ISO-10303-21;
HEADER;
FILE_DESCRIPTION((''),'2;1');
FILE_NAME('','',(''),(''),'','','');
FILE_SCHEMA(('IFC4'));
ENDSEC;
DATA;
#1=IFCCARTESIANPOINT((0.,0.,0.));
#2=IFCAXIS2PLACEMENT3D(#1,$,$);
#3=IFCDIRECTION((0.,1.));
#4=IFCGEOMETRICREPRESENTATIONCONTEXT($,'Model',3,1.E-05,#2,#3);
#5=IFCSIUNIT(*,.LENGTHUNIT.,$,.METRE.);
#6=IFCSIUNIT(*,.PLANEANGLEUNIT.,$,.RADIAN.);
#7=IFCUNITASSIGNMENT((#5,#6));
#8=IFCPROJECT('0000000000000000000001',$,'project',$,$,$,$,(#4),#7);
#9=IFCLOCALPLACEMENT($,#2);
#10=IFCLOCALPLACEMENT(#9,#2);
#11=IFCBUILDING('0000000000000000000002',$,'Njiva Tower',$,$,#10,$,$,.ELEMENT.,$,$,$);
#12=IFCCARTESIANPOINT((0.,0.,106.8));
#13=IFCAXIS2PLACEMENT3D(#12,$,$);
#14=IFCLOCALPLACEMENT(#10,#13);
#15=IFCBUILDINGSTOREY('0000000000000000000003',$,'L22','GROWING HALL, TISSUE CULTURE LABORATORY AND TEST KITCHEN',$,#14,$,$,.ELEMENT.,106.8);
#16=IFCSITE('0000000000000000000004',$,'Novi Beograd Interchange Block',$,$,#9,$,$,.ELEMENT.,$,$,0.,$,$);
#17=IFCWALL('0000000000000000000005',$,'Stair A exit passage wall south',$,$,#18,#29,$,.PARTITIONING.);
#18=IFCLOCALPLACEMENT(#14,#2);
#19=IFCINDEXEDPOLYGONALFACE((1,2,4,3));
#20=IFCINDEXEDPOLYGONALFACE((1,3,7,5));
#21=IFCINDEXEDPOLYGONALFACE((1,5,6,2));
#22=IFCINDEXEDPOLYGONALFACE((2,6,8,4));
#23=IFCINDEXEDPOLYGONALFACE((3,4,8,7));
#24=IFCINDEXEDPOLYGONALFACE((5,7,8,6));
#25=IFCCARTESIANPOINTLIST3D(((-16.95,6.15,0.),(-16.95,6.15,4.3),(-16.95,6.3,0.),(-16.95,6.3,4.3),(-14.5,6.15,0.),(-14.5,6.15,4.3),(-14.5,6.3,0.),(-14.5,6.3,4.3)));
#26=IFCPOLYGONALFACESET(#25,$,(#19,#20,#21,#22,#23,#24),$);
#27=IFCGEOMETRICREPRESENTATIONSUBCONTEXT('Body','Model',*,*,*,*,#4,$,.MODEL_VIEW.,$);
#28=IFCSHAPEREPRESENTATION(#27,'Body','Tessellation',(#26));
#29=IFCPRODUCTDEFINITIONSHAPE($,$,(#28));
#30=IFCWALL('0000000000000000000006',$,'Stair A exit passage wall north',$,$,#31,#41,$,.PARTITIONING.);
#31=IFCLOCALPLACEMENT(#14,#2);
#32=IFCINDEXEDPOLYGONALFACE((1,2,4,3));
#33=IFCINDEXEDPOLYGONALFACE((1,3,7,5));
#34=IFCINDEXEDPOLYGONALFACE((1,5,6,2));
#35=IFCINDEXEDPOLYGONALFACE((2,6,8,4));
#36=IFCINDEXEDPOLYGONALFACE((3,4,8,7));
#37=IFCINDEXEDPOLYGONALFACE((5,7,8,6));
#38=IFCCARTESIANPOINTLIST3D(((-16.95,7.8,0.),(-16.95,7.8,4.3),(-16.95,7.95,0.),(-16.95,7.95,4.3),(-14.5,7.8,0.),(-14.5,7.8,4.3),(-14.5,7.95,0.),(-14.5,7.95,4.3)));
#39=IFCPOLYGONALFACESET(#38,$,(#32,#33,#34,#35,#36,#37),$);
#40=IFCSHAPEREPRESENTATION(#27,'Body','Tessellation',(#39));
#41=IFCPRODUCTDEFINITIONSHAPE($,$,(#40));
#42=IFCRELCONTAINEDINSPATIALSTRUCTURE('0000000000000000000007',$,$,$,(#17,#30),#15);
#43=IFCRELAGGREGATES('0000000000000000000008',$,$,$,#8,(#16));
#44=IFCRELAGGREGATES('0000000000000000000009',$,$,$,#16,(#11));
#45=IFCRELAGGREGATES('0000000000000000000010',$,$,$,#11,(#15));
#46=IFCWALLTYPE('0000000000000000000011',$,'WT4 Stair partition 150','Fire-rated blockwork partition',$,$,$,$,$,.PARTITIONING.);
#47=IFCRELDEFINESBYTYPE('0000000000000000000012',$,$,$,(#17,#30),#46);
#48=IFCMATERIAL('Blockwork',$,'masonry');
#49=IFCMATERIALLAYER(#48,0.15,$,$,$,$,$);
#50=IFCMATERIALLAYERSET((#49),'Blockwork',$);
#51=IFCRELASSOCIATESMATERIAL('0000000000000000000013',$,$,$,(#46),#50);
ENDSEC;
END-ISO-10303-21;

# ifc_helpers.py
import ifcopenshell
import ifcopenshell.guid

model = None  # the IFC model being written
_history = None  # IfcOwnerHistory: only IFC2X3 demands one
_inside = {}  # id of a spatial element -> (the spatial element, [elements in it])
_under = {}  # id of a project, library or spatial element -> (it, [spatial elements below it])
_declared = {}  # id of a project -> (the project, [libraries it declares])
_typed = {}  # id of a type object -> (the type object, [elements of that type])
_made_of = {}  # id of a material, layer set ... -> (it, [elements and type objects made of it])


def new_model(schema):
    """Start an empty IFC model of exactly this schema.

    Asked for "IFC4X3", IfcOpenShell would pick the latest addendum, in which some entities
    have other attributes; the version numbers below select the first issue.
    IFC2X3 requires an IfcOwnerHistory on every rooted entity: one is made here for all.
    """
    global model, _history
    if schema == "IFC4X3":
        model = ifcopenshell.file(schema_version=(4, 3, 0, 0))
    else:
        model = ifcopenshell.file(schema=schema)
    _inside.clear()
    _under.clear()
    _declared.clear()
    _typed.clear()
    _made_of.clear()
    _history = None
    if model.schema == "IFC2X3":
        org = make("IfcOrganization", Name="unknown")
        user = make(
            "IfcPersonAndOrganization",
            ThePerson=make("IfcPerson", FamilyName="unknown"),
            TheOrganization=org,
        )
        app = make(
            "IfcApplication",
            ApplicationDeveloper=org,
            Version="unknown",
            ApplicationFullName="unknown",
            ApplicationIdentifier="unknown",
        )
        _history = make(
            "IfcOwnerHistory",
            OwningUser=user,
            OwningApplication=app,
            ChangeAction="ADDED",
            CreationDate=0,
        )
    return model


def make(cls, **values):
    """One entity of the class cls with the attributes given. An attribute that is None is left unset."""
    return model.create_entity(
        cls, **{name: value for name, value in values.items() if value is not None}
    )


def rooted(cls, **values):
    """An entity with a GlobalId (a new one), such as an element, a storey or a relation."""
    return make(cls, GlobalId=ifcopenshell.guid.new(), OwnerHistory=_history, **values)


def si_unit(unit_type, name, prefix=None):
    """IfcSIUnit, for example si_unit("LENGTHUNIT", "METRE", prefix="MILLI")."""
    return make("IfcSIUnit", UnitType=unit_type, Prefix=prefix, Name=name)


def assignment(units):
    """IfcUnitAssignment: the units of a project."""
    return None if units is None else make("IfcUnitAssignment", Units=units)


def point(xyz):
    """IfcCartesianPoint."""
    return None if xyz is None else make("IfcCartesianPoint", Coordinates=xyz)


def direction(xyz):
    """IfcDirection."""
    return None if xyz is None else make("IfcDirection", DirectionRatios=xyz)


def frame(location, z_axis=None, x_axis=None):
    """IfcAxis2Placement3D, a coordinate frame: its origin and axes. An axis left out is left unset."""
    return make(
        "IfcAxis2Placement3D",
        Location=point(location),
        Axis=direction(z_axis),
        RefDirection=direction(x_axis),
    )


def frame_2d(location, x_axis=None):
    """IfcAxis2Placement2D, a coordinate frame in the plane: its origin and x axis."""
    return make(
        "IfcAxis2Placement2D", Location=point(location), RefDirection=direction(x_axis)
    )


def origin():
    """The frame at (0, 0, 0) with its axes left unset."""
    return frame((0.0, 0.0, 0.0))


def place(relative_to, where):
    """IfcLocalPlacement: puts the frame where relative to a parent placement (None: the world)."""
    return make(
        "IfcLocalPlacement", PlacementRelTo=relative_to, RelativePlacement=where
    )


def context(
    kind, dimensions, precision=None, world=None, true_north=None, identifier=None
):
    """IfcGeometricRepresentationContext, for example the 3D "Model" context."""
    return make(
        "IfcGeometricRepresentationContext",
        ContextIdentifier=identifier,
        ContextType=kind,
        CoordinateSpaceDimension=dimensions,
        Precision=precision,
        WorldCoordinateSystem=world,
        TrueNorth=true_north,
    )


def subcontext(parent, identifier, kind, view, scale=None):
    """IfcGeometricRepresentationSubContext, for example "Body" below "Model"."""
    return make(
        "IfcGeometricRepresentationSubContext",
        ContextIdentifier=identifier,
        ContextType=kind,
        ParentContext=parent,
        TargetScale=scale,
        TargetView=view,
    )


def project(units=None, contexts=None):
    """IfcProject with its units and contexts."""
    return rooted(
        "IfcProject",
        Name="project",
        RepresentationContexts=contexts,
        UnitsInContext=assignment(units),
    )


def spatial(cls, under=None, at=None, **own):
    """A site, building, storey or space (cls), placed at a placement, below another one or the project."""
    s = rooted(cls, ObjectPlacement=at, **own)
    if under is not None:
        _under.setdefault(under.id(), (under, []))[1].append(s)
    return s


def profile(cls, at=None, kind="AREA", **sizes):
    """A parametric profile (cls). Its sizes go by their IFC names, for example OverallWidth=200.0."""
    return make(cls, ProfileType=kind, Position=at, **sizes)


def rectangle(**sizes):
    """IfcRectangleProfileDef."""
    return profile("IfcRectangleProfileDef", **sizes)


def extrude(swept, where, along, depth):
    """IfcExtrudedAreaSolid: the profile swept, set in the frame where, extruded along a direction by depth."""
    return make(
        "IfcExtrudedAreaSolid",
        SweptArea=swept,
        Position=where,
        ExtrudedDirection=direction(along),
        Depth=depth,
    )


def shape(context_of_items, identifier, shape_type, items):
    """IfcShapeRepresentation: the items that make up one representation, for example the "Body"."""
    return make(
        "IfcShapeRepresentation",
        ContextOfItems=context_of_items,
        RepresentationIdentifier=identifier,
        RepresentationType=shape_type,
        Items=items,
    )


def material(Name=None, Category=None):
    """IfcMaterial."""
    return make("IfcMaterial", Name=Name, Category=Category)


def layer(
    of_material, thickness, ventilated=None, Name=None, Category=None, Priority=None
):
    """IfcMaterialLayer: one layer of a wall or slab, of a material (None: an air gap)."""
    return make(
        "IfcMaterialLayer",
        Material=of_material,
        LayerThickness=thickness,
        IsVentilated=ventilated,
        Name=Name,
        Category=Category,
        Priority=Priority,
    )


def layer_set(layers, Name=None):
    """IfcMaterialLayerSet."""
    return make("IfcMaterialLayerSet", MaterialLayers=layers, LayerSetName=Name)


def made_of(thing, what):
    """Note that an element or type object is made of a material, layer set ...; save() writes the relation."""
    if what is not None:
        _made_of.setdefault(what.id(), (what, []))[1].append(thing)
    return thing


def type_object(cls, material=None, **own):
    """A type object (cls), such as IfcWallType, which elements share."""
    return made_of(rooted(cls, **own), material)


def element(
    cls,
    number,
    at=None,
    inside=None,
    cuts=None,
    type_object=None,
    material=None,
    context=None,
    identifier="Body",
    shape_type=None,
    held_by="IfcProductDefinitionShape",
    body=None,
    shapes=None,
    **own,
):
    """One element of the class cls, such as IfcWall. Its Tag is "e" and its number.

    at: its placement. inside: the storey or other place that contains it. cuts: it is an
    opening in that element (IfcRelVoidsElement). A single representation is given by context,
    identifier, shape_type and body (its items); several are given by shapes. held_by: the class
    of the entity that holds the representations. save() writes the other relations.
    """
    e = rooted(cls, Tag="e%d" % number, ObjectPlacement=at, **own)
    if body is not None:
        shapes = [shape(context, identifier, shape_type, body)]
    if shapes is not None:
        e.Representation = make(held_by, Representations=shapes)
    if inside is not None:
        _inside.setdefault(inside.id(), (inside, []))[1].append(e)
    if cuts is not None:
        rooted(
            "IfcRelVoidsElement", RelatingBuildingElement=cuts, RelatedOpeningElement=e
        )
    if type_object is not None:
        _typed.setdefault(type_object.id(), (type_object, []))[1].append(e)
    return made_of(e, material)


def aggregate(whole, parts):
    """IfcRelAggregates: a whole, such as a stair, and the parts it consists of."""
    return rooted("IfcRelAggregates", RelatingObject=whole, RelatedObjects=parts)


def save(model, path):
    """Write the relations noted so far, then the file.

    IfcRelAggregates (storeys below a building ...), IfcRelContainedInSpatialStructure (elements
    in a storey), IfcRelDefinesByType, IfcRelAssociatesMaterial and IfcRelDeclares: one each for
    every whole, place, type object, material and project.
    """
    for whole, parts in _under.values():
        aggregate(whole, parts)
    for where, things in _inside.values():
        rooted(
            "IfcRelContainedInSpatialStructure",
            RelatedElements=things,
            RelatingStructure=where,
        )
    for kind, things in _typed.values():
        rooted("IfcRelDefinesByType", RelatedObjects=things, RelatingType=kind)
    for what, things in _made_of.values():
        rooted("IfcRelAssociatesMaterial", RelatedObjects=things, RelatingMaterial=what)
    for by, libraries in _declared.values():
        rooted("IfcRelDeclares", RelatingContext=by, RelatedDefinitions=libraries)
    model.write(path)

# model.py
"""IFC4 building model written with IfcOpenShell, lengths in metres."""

from ifc_helpers import new_model, si_unit, direction, frame, frame_2d, origin, place, context, subcontext, project, spatial, rectangle, extrude, material, layer, layer_set, type_object, element, save


model = new_model("IFC4")

# Units and contexts
model_context = context("Model", 3, precision=1e-05, world=origin(), true_north=direction((0.0, 1.0)))
body_context = subcontext(model_context, "Body", "Model", "MODEL_VIEW")
ifc_project = project(units=[si_unit("LENGTHUNIT", "METRE"), si_unit("PLANEANGLEUNIT", "RADIAN")], contexts=[model_context])

# Site, building, storey
site_placement = place(None, origin())
site = spatial("IfcSite", under=ifc_project, at=site_placement, Name="Novi Beograd Interchange Block", CompositionType="ELEMENT", RefElevation=0.0)
building_placement = place(site_placement, origin())
building = spatial("IfcBuilding", under=site, at=building_placement, Name="Njiva Tower", CompositionType="ELEMENT")
storey_placement = place(building_placement, frame((0.0, 0.0, 106.8)))
storey = spatial("IfcBuildingStorey", under=building, at=storey_placement, Name="L22", Description="GROWING HALL, TISSUE CULTURE LABORATORY AND TEST KITCHEN", CompositionType="ELEMENT", Elevation=106.8)

# Walls
ifc_material_1 = material(Name="Blockwork", Category="masonry")
ifc_layer_1 = layer(ifc_material_1, 0.15)
ifc_layer_set_1 = layer_set([ifc_layer_1], Name="Blockwork")
wall_type_1 = type_object("IfcWallType", Name="WT4 Stair partition 150", Description="Fire-rated blockwork partition", PredefinedType="PARTITIONING", material=ifc_layer_set_1)
for number, where, z_axis, x_axis, name in (
    (1, (-16.95, 6.225, 0.0), (0.0, 0.0, 1.0), (1.0, 0.0, 0.0), "Stair A exit passage wall south"),
    (2, (-16.95, 7.875, 0.0), (0.0, 0.0, 1.0), (1.0, 0.0, 0.0), "Stair A exit passage wall north"),
):
    element("IfcWall", number, at=place(storey_placement, frame(where, z_axis=z_axis, x_axis=x_axis)), inside=storey, type_object=wall_type_1, Name=name, PredefinedType="PARTITIONING", context=body_context, shape_type="SweptSolid", body=[
        extrude(rectangle(XDim=2.45, YDim=0.15, at=frame_2d((1.225, 0.0))), origin(), (0.0, 0.0, 1.0), 4.3),
    ])

save(model, "model.ifc")
